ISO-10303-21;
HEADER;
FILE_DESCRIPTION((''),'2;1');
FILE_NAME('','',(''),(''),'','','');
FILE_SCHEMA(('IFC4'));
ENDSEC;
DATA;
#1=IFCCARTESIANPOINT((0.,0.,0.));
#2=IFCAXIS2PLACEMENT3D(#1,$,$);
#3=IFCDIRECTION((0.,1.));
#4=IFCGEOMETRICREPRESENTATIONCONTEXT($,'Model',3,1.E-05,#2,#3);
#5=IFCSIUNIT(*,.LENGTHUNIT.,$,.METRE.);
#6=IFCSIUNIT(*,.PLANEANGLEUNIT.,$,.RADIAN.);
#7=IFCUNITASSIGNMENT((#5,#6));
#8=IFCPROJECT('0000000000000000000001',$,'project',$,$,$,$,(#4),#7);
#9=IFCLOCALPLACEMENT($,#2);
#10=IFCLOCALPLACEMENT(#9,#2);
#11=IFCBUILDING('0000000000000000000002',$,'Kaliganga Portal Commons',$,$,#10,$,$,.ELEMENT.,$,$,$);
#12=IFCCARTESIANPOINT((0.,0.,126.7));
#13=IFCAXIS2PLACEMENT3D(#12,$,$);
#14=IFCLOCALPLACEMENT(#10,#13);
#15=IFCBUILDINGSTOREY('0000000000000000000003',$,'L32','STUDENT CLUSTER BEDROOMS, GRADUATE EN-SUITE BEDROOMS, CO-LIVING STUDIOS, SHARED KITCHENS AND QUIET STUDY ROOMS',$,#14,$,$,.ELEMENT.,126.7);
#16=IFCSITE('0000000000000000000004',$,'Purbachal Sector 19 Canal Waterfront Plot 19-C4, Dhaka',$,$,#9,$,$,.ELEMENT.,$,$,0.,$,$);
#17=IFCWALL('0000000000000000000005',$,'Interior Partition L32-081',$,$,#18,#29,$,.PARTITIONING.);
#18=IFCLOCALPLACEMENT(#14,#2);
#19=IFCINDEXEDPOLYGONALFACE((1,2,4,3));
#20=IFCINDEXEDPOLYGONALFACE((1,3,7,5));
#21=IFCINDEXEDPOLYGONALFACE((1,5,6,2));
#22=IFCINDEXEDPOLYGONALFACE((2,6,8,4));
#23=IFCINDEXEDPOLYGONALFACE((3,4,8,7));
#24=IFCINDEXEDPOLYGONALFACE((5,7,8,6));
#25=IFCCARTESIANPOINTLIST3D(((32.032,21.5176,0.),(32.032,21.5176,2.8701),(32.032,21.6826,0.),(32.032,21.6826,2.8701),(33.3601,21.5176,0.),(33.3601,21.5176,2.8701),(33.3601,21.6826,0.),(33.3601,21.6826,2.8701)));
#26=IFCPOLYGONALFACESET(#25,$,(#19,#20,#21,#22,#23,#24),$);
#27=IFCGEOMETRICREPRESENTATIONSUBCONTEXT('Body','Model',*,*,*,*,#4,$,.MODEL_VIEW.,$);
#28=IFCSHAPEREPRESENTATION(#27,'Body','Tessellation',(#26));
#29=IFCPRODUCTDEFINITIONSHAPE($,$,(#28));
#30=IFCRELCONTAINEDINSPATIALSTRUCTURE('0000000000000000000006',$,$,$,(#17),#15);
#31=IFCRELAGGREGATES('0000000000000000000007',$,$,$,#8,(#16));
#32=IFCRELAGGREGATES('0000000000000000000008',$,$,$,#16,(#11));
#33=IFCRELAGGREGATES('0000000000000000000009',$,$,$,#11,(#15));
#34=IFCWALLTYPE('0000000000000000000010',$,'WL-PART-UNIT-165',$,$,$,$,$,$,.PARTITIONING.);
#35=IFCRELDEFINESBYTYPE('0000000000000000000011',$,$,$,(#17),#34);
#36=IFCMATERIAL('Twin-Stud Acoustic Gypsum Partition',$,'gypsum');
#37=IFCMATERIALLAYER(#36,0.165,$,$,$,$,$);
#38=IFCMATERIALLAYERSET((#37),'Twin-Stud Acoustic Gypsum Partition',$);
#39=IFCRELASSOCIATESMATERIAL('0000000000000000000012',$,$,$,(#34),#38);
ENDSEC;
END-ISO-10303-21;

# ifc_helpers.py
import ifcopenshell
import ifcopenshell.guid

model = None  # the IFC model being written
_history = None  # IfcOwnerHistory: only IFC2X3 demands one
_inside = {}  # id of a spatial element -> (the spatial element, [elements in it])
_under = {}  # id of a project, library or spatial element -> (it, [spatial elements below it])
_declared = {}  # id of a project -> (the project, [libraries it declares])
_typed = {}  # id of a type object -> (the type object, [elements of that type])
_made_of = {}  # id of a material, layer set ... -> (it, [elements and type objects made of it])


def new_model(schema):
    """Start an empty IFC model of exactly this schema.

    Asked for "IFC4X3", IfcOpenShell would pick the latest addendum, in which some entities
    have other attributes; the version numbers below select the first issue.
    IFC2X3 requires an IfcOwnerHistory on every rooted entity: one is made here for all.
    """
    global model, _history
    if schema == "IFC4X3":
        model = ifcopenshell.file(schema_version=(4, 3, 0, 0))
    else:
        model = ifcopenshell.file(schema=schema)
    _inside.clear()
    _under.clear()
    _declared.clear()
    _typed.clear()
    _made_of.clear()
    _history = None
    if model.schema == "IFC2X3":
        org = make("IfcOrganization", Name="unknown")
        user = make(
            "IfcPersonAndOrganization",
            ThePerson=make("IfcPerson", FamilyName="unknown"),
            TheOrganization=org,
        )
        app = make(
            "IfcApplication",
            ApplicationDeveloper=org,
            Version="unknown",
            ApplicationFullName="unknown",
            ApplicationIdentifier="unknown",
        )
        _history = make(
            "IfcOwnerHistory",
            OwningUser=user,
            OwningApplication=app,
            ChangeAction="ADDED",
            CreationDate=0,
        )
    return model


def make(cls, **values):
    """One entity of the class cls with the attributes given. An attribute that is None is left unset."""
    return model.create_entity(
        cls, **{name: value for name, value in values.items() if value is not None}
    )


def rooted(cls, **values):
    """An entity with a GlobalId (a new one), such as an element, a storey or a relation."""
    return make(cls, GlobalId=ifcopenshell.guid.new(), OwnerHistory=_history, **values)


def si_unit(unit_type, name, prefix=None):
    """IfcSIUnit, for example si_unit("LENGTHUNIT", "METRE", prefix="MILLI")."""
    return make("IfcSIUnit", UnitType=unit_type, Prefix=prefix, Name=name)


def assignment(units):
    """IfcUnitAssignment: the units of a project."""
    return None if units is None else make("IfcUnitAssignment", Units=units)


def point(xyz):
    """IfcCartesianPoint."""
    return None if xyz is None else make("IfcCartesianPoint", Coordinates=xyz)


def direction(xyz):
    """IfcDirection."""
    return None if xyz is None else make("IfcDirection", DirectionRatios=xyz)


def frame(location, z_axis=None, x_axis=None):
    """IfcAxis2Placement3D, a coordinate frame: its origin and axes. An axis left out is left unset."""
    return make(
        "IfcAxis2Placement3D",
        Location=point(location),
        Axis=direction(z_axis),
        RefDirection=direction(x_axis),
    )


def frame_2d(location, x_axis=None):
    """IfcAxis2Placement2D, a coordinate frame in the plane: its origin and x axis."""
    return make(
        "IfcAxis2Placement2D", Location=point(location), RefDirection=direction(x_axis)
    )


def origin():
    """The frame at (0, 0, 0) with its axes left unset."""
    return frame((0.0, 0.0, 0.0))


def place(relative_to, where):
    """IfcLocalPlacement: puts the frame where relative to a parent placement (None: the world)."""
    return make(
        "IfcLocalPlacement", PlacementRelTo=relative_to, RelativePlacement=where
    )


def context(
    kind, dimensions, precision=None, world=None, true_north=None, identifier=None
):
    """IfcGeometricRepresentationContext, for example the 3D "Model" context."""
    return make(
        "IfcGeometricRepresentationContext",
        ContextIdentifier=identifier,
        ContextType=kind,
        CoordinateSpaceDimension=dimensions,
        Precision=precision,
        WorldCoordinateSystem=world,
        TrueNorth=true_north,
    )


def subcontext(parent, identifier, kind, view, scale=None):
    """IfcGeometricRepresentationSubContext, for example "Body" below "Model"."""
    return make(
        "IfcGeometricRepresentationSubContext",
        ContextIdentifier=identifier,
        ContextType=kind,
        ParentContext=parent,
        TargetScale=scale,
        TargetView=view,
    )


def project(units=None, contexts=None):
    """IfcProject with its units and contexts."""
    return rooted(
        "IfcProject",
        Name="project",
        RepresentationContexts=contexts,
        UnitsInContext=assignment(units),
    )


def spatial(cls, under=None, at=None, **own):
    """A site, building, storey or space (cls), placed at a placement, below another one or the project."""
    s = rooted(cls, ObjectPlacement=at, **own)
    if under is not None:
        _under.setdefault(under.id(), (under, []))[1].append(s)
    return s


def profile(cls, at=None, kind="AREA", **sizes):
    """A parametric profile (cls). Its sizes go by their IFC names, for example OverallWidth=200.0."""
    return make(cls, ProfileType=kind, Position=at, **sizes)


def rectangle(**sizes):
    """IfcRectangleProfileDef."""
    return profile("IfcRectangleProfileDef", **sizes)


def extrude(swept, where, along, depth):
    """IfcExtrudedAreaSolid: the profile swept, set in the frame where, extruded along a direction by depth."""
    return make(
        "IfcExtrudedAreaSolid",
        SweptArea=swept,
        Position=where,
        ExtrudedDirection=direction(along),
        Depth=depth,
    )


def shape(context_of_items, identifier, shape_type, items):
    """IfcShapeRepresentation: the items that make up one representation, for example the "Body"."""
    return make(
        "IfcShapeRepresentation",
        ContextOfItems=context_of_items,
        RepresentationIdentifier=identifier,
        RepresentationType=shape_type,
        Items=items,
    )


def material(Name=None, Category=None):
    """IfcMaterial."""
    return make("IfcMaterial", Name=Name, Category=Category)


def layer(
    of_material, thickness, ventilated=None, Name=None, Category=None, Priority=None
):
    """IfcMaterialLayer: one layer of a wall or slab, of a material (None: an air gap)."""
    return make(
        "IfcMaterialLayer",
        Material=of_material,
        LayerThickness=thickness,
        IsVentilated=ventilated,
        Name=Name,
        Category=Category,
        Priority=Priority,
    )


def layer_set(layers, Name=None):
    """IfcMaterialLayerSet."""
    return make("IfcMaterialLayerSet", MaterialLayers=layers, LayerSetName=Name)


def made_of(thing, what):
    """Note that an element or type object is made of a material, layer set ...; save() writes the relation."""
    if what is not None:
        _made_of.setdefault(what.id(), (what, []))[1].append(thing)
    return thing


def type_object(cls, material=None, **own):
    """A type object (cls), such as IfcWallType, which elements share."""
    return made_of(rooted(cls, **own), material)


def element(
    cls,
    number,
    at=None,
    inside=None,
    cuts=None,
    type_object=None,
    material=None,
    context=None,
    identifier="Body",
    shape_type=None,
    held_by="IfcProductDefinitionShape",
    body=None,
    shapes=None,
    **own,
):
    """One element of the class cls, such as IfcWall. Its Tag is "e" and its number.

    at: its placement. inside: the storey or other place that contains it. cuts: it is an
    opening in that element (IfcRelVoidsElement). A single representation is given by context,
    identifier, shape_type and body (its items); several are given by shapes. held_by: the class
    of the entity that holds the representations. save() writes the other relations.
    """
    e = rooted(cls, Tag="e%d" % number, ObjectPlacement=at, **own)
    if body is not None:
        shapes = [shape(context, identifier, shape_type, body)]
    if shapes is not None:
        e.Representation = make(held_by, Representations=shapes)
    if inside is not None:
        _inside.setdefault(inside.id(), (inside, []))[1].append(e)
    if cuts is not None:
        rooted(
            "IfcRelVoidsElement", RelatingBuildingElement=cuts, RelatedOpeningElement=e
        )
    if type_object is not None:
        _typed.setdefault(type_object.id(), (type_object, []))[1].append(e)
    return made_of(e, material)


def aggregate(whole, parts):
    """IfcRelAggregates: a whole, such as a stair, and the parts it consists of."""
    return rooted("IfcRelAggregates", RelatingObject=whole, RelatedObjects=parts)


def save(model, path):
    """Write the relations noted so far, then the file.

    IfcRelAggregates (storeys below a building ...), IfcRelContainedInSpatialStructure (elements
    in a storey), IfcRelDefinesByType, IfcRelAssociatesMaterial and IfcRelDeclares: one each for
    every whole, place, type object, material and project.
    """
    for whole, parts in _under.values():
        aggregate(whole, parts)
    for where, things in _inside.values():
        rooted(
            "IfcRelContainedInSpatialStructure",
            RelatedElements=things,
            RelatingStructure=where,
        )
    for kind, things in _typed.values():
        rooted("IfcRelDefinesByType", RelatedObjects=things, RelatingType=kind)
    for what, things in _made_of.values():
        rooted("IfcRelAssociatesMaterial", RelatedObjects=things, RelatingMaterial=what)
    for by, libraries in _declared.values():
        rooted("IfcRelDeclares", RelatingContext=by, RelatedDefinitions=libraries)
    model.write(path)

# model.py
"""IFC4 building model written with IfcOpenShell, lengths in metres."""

from ifc_helpers import new_model, si_unit, direction, frame, frame_2d, origin, place, context, subcontext, project, spatial, rectangle, extrude, material, layer, layer_set, type_object, element, save


model = new_model("IFC4")

# Units and contexts
model_context = context("Model", 3, precision=1e-05, world=origin(), true_north=direction((0.0, 1.0)))
body_context = subcontext(model_context, "Body", "Model", "MODEL_VIEW")
ifc_project = project(units=[si_unit("LENGTHUNIT", "METRE"), si_unit("PLANEANGLEUNIT", "RADIAN")], contexts=[model_context])

# Site, building, storey
site_placement = place(None, origin())
site = spatial("IfcSite", under=ifc_project, at=site_placement, Name="Purbachal Sector 19 Canal Waterfront Plot 19-C4, Dhaka", CompositionType="ELEMENT", RefElevation=0.0)
building_placement = place(site_placement, origin())
building = spatial("IfcBuilding", under=site, at=building_placement, Name="Kaliganga Portal Commons", CompositionType="ELEMENT")
storey_placement = place(building_placement, frame((0.0, 0.0, 126.7)))
storey = spatial("IfcBuildingStorey", under=building, at=storey_placement, Name="L32", Description="STUDENT CLUSTER BEDROOMS, GRADUATE EN-SUITE BEDROOMS, CO-LIVING STUDIOS, SHARED KITCHENS AND QUIET STUDY ROOMS", CompositionType="ELEMENT", Elevation=126.7)

# Wall
ifc_material_1 = material(Name="Twin-Stud Acoustic Gypsum Partition", Category="gypsum")
ifc_layer_1 = layer(ifc_material_1, 0.165)
ifc_layer_set_1 = layer_set([ifc_layer_1], Name="Twin-Stud Acoustic Gypsum Partition")
wall_type_1 = type_object("IfcWallType", Name="WL-PART-UNIT-165", PredefinedType="PARTITIONING", material=ifc_layer_set_1)
wall_1_placement = place(storey_placement, frame((32.032, 21.6001, 0.0), z_axis=(0.0, 0.0, 1.0), x_axis=(1.0, 0.0, 0.0)))
element("IfcWall", 1, at=wall_1_placement, inside=storey, type_object=wall_type_1, Name="Interior Partition L32-081", PredefinedType="PARTITIONING", context=body_context, shape_type="SweptSolid", body=[
    extrude(rectangle(XDim=1.3281, YDim=0.165, at=frame_2d((0.6641, 0.0))), origin(), (0.0, 0.0, 1.0), 2.8701),
])

save(model, "model.ifc")
